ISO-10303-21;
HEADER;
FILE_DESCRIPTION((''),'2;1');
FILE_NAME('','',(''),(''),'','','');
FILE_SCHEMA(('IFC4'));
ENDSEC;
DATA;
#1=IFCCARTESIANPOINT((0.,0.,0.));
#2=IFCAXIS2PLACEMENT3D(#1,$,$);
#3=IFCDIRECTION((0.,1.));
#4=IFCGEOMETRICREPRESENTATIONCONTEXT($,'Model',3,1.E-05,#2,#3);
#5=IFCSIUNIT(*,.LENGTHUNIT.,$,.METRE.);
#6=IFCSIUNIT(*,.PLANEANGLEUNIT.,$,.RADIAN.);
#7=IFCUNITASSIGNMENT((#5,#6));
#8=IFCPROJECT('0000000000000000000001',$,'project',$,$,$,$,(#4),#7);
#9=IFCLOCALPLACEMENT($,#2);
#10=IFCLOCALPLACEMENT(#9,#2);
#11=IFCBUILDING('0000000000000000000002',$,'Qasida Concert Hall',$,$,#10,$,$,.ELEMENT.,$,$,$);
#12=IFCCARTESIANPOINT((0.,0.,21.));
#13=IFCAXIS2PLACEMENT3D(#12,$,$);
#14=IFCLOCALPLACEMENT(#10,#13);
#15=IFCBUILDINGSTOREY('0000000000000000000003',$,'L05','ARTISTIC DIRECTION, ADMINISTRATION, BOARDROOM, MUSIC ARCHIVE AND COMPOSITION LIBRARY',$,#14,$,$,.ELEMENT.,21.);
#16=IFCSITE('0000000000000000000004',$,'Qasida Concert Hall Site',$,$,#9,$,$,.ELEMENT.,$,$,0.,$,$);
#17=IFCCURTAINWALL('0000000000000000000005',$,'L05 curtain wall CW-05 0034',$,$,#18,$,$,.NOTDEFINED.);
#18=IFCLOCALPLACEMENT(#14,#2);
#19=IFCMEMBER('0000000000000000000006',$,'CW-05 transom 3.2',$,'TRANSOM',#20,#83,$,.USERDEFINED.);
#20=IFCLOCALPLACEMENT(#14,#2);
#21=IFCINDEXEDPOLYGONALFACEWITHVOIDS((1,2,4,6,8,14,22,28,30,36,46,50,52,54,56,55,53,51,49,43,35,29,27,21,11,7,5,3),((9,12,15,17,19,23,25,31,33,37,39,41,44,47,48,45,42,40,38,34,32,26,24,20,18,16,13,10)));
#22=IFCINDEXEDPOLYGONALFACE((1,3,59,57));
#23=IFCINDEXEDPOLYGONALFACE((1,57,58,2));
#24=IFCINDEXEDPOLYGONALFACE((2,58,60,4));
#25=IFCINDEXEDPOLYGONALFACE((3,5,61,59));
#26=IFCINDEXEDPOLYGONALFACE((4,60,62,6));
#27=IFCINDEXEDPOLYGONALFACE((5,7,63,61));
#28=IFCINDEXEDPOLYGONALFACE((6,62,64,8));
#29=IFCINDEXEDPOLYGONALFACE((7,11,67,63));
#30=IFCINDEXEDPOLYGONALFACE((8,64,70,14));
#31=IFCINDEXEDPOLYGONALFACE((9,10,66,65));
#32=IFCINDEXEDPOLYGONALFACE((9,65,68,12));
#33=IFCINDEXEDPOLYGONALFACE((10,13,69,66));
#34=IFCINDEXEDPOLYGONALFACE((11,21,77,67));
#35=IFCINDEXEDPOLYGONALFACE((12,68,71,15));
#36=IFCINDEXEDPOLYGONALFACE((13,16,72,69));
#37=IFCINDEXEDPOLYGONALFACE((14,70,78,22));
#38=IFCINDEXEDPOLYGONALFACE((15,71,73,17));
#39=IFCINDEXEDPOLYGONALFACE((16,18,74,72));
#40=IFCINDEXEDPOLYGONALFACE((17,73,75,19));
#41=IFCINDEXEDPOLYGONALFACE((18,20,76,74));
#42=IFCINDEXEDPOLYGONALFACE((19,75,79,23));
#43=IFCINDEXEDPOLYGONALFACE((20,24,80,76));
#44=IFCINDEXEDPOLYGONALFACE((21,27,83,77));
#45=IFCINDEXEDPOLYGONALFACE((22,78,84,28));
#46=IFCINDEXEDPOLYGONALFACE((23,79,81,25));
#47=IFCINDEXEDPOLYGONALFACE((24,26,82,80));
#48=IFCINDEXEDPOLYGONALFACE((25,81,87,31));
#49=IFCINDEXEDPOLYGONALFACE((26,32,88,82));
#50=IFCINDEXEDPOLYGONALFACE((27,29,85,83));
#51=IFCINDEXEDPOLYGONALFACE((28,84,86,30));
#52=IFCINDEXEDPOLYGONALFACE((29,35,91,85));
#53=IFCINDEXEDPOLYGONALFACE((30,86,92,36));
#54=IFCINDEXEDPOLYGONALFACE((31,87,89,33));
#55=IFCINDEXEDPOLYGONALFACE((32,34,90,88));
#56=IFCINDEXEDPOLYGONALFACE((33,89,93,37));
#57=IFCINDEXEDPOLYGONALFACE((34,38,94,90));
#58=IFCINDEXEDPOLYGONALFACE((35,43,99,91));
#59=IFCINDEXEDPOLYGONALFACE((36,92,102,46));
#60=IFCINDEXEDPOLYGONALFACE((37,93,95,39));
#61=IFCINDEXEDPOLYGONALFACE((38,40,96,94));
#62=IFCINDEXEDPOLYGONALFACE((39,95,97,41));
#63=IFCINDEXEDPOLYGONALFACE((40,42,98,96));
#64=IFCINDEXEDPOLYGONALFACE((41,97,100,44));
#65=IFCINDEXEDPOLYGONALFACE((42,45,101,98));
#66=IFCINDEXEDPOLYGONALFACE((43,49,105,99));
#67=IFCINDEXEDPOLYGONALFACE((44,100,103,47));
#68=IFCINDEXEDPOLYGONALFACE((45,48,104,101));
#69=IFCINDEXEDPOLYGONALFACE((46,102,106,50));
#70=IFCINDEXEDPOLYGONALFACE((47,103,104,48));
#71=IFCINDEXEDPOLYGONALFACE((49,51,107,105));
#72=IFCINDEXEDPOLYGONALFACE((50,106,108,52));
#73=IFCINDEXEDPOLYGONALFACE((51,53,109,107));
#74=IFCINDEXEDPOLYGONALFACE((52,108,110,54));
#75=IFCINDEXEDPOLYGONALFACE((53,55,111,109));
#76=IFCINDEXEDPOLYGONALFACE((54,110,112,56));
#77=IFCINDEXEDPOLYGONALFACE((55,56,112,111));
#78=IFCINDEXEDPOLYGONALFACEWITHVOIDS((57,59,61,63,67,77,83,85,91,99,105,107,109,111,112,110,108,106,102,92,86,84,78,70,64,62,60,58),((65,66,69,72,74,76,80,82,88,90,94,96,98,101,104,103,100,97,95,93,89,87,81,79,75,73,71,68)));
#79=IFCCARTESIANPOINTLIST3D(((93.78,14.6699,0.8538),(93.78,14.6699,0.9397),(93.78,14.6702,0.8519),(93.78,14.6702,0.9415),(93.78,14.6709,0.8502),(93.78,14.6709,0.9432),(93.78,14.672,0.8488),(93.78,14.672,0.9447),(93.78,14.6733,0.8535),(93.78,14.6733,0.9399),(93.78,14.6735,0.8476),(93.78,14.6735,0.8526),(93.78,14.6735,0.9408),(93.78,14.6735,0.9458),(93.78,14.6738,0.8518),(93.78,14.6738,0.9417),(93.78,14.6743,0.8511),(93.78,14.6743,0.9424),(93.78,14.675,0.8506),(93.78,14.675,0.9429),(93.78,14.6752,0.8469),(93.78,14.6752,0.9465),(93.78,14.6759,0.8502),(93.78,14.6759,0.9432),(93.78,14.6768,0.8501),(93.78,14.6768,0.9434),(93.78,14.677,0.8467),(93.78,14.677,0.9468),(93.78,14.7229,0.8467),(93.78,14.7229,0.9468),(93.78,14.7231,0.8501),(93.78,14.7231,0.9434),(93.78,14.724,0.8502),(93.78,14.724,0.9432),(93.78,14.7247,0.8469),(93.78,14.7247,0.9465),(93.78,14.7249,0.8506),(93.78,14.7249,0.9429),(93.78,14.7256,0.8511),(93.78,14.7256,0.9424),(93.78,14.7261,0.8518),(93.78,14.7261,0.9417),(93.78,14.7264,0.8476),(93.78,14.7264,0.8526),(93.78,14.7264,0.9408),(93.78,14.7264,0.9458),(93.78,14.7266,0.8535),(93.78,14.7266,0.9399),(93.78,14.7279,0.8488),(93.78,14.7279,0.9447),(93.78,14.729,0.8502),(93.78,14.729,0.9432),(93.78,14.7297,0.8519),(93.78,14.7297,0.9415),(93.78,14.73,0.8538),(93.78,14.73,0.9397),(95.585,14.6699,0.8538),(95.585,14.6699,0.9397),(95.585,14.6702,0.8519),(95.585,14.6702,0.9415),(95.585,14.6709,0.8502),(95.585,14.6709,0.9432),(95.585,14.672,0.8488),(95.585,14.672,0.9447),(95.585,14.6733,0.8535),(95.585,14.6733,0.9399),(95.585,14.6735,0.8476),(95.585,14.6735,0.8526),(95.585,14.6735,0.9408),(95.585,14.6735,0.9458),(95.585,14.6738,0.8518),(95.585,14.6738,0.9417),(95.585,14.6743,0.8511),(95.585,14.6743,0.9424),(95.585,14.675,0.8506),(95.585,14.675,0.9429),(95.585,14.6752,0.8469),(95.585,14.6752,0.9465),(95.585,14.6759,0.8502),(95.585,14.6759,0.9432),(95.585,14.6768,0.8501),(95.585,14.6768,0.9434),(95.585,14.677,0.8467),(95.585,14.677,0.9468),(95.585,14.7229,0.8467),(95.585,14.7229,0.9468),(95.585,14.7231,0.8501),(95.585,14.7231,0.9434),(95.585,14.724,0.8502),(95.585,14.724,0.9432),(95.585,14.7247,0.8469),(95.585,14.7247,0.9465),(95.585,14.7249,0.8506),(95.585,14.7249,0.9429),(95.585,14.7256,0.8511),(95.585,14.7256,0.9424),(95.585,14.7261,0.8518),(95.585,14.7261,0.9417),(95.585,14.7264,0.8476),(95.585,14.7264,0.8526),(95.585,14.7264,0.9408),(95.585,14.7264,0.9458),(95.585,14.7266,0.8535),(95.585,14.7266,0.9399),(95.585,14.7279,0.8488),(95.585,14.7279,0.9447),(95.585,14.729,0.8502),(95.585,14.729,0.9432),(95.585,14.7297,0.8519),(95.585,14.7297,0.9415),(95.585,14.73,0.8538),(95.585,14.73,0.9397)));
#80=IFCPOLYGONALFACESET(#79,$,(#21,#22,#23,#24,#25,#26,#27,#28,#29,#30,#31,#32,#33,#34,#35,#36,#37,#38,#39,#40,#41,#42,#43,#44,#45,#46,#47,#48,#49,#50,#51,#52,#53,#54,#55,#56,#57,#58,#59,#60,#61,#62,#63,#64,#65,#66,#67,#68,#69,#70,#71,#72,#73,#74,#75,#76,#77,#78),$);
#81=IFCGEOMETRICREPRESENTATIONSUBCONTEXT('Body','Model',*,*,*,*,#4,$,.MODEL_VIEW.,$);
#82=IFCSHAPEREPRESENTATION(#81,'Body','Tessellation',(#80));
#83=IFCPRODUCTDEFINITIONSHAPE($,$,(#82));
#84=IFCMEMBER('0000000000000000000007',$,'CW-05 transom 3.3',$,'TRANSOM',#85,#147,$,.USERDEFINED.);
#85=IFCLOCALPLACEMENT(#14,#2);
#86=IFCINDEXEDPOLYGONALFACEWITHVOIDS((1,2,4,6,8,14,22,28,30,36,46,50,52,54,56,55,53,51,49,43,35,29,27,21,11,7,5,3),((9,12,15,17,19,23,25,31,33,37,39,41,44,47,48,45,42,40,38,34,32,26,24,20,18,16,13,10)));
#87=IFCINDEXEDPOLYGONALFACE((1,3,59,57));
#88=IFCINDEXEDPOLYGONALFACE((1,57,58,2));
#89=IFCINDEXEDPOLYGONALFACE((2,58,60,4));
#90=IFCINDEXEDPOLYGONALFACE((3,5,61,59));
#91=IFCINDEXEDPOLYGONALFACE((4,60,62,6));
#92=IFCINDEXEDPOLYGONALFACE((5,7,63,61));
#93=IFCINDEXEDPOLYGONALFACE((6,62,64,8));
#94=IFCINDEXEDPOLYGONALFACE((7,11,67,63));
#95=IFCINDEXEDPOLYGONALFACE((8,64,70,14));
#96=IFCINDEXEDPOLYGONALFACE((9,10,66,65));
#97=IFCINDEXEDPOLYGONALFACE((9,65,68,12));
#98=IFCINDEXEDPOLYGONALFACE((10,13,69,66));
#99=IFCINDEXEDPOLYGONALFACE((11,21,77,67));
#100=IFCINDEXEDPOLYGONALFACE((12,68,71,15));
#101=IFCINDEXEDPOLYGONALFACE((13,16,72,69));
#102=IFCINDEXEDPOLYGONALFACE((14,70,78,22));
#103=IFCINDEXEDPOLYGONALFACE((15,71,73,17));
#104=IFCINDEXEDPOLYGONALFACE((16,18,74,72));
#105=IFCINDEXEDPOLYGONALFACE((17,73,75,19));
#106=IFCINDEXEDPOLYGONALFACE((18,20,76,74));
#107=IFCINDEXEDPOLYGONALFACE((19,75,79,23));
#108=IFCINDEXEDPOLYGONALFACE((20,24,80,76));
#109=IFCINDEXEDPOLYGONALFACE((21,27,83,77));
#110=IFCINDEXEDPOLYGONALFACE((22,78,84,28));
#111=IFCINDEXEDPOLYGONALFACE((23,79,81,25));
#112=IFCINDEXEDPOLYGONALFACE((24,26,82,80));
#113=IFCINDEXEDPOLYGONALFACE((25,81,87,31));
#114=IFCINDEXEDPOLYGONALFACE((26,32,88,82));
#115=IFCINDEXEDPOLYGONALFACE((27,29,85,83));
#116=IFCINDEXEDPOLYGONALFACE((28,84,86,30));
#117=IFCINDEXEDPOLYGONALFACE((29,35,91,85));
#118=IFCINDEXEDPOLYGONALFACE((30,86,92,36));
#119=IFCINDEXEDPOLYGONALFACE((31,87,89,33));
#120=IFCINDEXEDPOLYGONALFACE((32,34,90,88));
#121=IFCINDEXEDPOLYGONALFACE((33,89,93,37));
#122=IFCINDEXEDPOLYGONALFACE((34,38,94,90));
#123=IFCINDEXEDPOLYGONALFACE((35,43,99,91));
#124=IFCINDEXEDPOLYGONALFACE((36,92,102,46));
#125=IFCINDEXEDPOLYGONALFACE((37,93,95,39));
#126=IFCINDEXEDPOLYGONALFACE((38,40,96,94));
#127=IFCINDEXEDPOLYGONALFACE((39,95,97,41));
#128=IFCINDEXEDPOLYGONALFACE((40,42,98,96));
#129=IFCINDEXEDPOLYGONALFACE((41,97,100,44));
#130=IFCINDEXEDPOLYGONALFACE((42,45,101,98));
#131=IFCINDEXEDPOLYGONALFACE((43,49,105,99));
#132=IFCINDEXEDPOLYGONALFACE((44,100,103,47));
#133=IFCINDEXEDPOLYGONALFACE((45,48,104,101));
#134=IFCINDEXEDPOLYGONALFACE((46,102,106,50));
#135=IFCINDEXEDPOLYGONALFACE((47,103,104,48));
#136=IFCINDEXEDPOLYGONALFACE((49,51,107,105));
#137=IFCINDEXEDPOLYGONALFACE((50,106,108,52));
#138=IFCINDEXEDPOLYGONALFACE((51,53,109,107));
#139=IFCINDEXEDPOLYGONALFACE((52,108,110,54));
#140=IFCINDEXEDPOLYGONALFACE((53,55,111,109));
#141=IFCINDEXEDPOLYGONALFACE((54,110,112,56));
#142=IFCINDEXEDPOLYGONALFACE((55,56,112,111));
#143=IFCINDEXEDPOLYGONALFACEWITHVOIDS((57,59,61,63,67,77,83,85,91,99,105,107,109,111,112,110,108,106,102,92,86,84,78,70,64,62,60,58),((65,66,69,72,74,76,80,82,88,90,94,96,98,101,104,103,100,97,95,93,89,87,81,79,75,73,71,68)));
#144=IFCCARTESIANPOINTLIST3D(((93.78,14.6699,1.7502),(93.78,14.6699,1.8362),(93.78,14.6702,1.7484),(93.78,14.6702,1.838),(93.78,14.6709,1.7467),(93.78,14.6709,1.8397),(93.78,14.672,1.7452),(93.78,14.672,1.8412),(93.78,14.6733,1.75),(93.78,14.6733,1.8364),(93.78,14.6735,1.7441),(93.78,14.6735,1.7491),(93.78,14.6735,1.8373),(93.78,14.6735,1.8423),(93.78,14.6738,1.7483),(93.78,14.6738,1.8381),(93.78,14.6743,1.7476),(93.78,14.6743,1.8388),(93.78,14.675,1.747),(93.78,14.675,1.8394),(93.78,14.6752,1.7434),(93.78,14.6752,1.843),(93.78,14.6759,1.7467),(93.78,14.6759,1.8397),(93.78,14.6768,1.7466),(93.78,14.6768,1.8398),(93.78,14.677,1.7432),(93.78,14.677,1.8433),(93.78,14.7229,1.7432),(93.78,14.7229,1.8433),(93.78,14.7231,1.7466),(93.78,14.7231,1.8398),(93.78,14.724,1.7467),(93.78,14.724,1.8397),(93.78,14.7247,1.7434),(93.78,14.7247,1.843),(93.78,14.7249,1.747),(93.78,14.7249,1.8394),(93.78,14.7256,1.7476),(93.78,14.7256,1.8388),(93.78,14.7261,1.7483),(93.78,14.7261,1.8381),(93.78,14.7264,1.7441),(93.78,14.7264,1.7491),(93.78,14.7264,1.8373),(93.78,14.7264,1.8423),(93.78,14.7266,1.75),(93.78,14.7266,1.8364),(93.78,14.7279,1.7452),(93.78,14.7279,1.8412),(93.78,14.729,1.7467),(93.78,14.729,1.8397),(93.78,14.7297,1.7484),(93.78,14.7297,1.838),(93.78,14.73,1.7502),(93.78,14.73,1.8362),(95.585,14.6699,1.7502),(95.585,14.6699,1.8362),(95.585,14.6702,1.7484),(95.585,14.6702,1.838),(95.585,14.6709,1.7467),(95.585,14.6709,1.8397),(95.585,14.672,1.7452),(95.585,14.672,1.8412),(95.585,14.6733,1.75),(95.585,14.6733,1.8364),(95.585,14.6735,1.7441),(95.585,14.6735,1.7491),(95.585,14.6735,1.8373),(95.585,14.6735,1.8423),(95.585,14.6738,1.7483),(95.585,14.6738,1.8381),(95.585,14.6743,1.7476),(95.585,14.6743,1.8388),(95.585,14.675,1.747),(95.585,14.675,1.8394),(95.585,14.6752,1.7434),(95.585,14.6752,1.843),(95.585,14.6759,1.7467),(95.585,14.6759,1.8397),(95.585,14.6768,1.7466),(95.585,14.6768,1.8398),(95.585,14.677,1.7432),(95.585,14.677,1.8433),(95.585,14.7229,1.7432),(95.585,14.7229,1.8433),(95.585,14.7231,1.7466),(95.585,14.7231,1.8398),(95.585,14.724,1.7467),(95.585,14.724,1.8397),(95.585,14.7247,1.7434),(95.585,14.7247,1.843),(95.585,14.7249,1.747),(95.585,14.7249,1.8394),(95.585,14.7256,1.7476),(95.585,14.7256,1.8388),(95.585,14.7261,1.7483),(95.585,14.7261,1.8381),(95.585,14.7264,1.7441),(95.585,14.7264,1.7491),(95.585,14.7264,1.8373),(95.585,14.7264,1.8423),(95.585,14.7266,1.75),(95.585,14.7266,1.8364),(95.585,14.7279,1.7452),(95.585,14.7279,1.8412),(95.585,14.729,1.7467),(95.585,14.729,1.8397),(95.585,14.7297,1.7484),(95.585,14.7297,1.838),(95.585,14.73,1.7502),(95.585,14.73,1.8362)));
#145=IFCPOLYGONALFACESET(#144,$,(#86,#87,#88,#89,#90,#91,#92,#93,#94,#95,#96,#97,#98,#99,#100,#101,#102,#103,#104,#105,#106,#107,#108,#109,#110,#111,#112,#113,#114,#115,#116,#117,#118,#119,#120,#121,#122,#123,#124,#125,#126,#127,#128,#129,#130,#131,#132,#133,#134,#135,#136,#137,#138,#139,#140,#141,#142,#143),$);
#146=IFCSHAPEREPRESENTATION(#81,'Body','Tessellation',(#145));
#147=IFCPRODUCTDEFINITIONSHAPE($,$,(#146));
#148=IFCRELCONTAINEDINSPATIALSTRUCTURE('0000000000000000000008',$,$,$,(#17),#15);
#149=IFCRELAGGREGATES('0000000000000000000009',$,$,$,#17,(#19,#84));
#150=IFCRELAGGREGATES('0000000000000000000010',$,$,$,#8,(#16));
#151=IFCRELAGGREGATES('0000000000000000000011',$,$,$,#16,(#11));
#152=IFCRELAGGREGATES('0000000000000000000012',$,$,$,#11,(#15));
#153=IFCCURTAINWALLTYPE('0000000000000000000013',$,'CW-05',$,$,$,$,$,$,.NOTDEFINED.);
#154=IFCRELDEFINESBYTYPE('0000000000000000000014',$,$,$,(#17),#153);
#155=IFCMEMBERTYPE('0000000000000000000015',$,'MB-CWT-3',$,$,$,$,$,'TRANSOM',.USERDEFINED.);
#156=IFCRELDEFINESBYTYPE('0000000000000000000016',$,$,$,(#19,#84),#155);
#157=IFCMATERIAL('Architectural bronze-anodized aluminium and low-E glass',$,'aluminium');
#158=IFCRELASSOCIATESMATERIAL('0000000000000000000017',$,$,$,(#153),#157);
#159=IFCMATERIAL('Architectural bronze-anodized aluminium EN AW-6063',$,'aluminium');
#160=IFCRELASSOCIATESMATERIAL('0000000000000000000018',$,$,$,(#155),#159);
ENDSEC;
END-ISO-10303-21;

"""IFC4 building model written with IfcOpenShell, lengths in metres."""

from ifc_helpers import new_model, si_unit, direction, frame, origin, origin_2d, place, context, subcontext, project, spatial, hollow_rectangle, extrude, material, material_profile, profile_set, type_object, element, aggregate, save


model = new_model("IFC4")

# Units and contexts
model_context = context("Model", 3, precision=1e-05, world=origin(), true_north=direction((0.0, 1.0)))
body_context = subcontext(model_context, "Body", "Model", "MODEL_VIEW")
ifc_project = project(units=[si_unit("LENGTHUNIT", "METRE"), si_unit("PLANEANGLEUNIT", "RADIAN")], contexts=[model_context])

# Site, building, storey
site_placement = place(None, origin())
site = spatial("IfcSite", under=ifc_project, at=site_placement, Name="Qasida Concert Hall Site", CompositionType="ELEMENT", RefElevation=0.0)
building_placement = place(site_placement, origin())
building = spatial("IfcBuilding", under=site, at=building_placement, Name="Qasida Concert Hall", CompositionType="ELEMENT")
storey_placement = place(building_placement, frame((0.0, 0.0, 21.0)))
storey = spatial("IfcBuildingStorey", under=building, at=storey_placement, Name="L05", Description="ARTISTIC DIRECTION, ADMINISTRATION, BOARDROOM, MUSIC ARCHIVE AND COMPOSITION LIBRARY", CompositionType="ELEMENT", Elevation=21.0)

# Curtain wall
ifc_material_1 = material(Name="Architectural bronze-anodized aluminium and low-E glass", Category="aluminium")
curtain_wall_type = type_object("IfcCurtainWallType", Name="CW-05", PredefinedType="NOTDEFINED", material=ifc_material_1)
curtain_wall_1_placement = place(storey_placement, origin())
curtain_wall_1 = element("IfcCurtainWall", 1, at=curtain_wall_1_placement, inside=storey, type_object=curtain_wall_type, Name="L05 curtain wall CW-05 0034", PredefinedType="NOTDEFINED")
ifc_material_2 = material(Name="Architectural bronze-anodized aluminium EN AW-6063", Category="aluminium")

# Members
ifc_material_profile_1 = material_profile(ifc_material_2, hollow_rectangle(XDim=0.0601, YDim=0.1001, WallThickness=0.0034, InnerFilletRadius=0.0034, OuterFilletRadius=0.0071, at=origin_2d()), Name="CWT 100x60x3.5")
ifc_profile_set_1 = profile_set([ifc_material_profile_1], Name="Architectural bronze-anodized aluminium EN AW-6063")
member_type_1 = type_object("IfcMemberType", Name="MB-CWT-3", ElementType="TRANSOM", PredefinedType="USERDEFINED", material=ifc_profile_set_1)
member_1_placement = place(storey_placement, frame((93.78, 14.7, 0.8967), z_axis=(1.0, 0.0, 0.0), x_axis=(0.0, 1.0, 0.0)))
member_1 = element("IfcMember", 2, at=member_1_placement, type_object=member_type_1, Name="CW-05 transom 3.2", ObjectType="TRANSOM", PredefinedType="USERDEFINED", context=body_context, shape_type="SweptSolid", body=[
    extrude(hollow_rectangle(XDim=0.0601, YDim=0.1001, WallThickness=0.0034, InnerFilletRadius=0.0034, OuterFilletRadius=0.0071, at=origin_2d()), origin(), (0.0, 0.0, 1.0), 1.8049),
])
member_2_placement = place(storey_placement, frame((93.78, 14.7, 1.7932), z_axis=(1.0, 0.0, 0.0), x_axis=(0.0, 1.0, 0.0)))
member_2 = element("IfcMember", 3, at=member_2_placement, type_object=member_type_1, Name="CW-05 transom 3.3", ObjectType="TRANSOM", PredefinedType="USERDEFINED", context=body_context, shape_type="SweptSolid", body=[
    extrude(hollow_rectangle(XDim=0.0601, YDim=0.1001, WallThickness=0.0034, InnerFilletRadius=0.0034, OuterFilletRadius=0.0071, at=origin_2d()), origin(), (0.0, 0.0, 1.0), 1.8049),
])

aggregate(curtain_wall_1, [member_1, member_2])

save(model, "model.ifc")
